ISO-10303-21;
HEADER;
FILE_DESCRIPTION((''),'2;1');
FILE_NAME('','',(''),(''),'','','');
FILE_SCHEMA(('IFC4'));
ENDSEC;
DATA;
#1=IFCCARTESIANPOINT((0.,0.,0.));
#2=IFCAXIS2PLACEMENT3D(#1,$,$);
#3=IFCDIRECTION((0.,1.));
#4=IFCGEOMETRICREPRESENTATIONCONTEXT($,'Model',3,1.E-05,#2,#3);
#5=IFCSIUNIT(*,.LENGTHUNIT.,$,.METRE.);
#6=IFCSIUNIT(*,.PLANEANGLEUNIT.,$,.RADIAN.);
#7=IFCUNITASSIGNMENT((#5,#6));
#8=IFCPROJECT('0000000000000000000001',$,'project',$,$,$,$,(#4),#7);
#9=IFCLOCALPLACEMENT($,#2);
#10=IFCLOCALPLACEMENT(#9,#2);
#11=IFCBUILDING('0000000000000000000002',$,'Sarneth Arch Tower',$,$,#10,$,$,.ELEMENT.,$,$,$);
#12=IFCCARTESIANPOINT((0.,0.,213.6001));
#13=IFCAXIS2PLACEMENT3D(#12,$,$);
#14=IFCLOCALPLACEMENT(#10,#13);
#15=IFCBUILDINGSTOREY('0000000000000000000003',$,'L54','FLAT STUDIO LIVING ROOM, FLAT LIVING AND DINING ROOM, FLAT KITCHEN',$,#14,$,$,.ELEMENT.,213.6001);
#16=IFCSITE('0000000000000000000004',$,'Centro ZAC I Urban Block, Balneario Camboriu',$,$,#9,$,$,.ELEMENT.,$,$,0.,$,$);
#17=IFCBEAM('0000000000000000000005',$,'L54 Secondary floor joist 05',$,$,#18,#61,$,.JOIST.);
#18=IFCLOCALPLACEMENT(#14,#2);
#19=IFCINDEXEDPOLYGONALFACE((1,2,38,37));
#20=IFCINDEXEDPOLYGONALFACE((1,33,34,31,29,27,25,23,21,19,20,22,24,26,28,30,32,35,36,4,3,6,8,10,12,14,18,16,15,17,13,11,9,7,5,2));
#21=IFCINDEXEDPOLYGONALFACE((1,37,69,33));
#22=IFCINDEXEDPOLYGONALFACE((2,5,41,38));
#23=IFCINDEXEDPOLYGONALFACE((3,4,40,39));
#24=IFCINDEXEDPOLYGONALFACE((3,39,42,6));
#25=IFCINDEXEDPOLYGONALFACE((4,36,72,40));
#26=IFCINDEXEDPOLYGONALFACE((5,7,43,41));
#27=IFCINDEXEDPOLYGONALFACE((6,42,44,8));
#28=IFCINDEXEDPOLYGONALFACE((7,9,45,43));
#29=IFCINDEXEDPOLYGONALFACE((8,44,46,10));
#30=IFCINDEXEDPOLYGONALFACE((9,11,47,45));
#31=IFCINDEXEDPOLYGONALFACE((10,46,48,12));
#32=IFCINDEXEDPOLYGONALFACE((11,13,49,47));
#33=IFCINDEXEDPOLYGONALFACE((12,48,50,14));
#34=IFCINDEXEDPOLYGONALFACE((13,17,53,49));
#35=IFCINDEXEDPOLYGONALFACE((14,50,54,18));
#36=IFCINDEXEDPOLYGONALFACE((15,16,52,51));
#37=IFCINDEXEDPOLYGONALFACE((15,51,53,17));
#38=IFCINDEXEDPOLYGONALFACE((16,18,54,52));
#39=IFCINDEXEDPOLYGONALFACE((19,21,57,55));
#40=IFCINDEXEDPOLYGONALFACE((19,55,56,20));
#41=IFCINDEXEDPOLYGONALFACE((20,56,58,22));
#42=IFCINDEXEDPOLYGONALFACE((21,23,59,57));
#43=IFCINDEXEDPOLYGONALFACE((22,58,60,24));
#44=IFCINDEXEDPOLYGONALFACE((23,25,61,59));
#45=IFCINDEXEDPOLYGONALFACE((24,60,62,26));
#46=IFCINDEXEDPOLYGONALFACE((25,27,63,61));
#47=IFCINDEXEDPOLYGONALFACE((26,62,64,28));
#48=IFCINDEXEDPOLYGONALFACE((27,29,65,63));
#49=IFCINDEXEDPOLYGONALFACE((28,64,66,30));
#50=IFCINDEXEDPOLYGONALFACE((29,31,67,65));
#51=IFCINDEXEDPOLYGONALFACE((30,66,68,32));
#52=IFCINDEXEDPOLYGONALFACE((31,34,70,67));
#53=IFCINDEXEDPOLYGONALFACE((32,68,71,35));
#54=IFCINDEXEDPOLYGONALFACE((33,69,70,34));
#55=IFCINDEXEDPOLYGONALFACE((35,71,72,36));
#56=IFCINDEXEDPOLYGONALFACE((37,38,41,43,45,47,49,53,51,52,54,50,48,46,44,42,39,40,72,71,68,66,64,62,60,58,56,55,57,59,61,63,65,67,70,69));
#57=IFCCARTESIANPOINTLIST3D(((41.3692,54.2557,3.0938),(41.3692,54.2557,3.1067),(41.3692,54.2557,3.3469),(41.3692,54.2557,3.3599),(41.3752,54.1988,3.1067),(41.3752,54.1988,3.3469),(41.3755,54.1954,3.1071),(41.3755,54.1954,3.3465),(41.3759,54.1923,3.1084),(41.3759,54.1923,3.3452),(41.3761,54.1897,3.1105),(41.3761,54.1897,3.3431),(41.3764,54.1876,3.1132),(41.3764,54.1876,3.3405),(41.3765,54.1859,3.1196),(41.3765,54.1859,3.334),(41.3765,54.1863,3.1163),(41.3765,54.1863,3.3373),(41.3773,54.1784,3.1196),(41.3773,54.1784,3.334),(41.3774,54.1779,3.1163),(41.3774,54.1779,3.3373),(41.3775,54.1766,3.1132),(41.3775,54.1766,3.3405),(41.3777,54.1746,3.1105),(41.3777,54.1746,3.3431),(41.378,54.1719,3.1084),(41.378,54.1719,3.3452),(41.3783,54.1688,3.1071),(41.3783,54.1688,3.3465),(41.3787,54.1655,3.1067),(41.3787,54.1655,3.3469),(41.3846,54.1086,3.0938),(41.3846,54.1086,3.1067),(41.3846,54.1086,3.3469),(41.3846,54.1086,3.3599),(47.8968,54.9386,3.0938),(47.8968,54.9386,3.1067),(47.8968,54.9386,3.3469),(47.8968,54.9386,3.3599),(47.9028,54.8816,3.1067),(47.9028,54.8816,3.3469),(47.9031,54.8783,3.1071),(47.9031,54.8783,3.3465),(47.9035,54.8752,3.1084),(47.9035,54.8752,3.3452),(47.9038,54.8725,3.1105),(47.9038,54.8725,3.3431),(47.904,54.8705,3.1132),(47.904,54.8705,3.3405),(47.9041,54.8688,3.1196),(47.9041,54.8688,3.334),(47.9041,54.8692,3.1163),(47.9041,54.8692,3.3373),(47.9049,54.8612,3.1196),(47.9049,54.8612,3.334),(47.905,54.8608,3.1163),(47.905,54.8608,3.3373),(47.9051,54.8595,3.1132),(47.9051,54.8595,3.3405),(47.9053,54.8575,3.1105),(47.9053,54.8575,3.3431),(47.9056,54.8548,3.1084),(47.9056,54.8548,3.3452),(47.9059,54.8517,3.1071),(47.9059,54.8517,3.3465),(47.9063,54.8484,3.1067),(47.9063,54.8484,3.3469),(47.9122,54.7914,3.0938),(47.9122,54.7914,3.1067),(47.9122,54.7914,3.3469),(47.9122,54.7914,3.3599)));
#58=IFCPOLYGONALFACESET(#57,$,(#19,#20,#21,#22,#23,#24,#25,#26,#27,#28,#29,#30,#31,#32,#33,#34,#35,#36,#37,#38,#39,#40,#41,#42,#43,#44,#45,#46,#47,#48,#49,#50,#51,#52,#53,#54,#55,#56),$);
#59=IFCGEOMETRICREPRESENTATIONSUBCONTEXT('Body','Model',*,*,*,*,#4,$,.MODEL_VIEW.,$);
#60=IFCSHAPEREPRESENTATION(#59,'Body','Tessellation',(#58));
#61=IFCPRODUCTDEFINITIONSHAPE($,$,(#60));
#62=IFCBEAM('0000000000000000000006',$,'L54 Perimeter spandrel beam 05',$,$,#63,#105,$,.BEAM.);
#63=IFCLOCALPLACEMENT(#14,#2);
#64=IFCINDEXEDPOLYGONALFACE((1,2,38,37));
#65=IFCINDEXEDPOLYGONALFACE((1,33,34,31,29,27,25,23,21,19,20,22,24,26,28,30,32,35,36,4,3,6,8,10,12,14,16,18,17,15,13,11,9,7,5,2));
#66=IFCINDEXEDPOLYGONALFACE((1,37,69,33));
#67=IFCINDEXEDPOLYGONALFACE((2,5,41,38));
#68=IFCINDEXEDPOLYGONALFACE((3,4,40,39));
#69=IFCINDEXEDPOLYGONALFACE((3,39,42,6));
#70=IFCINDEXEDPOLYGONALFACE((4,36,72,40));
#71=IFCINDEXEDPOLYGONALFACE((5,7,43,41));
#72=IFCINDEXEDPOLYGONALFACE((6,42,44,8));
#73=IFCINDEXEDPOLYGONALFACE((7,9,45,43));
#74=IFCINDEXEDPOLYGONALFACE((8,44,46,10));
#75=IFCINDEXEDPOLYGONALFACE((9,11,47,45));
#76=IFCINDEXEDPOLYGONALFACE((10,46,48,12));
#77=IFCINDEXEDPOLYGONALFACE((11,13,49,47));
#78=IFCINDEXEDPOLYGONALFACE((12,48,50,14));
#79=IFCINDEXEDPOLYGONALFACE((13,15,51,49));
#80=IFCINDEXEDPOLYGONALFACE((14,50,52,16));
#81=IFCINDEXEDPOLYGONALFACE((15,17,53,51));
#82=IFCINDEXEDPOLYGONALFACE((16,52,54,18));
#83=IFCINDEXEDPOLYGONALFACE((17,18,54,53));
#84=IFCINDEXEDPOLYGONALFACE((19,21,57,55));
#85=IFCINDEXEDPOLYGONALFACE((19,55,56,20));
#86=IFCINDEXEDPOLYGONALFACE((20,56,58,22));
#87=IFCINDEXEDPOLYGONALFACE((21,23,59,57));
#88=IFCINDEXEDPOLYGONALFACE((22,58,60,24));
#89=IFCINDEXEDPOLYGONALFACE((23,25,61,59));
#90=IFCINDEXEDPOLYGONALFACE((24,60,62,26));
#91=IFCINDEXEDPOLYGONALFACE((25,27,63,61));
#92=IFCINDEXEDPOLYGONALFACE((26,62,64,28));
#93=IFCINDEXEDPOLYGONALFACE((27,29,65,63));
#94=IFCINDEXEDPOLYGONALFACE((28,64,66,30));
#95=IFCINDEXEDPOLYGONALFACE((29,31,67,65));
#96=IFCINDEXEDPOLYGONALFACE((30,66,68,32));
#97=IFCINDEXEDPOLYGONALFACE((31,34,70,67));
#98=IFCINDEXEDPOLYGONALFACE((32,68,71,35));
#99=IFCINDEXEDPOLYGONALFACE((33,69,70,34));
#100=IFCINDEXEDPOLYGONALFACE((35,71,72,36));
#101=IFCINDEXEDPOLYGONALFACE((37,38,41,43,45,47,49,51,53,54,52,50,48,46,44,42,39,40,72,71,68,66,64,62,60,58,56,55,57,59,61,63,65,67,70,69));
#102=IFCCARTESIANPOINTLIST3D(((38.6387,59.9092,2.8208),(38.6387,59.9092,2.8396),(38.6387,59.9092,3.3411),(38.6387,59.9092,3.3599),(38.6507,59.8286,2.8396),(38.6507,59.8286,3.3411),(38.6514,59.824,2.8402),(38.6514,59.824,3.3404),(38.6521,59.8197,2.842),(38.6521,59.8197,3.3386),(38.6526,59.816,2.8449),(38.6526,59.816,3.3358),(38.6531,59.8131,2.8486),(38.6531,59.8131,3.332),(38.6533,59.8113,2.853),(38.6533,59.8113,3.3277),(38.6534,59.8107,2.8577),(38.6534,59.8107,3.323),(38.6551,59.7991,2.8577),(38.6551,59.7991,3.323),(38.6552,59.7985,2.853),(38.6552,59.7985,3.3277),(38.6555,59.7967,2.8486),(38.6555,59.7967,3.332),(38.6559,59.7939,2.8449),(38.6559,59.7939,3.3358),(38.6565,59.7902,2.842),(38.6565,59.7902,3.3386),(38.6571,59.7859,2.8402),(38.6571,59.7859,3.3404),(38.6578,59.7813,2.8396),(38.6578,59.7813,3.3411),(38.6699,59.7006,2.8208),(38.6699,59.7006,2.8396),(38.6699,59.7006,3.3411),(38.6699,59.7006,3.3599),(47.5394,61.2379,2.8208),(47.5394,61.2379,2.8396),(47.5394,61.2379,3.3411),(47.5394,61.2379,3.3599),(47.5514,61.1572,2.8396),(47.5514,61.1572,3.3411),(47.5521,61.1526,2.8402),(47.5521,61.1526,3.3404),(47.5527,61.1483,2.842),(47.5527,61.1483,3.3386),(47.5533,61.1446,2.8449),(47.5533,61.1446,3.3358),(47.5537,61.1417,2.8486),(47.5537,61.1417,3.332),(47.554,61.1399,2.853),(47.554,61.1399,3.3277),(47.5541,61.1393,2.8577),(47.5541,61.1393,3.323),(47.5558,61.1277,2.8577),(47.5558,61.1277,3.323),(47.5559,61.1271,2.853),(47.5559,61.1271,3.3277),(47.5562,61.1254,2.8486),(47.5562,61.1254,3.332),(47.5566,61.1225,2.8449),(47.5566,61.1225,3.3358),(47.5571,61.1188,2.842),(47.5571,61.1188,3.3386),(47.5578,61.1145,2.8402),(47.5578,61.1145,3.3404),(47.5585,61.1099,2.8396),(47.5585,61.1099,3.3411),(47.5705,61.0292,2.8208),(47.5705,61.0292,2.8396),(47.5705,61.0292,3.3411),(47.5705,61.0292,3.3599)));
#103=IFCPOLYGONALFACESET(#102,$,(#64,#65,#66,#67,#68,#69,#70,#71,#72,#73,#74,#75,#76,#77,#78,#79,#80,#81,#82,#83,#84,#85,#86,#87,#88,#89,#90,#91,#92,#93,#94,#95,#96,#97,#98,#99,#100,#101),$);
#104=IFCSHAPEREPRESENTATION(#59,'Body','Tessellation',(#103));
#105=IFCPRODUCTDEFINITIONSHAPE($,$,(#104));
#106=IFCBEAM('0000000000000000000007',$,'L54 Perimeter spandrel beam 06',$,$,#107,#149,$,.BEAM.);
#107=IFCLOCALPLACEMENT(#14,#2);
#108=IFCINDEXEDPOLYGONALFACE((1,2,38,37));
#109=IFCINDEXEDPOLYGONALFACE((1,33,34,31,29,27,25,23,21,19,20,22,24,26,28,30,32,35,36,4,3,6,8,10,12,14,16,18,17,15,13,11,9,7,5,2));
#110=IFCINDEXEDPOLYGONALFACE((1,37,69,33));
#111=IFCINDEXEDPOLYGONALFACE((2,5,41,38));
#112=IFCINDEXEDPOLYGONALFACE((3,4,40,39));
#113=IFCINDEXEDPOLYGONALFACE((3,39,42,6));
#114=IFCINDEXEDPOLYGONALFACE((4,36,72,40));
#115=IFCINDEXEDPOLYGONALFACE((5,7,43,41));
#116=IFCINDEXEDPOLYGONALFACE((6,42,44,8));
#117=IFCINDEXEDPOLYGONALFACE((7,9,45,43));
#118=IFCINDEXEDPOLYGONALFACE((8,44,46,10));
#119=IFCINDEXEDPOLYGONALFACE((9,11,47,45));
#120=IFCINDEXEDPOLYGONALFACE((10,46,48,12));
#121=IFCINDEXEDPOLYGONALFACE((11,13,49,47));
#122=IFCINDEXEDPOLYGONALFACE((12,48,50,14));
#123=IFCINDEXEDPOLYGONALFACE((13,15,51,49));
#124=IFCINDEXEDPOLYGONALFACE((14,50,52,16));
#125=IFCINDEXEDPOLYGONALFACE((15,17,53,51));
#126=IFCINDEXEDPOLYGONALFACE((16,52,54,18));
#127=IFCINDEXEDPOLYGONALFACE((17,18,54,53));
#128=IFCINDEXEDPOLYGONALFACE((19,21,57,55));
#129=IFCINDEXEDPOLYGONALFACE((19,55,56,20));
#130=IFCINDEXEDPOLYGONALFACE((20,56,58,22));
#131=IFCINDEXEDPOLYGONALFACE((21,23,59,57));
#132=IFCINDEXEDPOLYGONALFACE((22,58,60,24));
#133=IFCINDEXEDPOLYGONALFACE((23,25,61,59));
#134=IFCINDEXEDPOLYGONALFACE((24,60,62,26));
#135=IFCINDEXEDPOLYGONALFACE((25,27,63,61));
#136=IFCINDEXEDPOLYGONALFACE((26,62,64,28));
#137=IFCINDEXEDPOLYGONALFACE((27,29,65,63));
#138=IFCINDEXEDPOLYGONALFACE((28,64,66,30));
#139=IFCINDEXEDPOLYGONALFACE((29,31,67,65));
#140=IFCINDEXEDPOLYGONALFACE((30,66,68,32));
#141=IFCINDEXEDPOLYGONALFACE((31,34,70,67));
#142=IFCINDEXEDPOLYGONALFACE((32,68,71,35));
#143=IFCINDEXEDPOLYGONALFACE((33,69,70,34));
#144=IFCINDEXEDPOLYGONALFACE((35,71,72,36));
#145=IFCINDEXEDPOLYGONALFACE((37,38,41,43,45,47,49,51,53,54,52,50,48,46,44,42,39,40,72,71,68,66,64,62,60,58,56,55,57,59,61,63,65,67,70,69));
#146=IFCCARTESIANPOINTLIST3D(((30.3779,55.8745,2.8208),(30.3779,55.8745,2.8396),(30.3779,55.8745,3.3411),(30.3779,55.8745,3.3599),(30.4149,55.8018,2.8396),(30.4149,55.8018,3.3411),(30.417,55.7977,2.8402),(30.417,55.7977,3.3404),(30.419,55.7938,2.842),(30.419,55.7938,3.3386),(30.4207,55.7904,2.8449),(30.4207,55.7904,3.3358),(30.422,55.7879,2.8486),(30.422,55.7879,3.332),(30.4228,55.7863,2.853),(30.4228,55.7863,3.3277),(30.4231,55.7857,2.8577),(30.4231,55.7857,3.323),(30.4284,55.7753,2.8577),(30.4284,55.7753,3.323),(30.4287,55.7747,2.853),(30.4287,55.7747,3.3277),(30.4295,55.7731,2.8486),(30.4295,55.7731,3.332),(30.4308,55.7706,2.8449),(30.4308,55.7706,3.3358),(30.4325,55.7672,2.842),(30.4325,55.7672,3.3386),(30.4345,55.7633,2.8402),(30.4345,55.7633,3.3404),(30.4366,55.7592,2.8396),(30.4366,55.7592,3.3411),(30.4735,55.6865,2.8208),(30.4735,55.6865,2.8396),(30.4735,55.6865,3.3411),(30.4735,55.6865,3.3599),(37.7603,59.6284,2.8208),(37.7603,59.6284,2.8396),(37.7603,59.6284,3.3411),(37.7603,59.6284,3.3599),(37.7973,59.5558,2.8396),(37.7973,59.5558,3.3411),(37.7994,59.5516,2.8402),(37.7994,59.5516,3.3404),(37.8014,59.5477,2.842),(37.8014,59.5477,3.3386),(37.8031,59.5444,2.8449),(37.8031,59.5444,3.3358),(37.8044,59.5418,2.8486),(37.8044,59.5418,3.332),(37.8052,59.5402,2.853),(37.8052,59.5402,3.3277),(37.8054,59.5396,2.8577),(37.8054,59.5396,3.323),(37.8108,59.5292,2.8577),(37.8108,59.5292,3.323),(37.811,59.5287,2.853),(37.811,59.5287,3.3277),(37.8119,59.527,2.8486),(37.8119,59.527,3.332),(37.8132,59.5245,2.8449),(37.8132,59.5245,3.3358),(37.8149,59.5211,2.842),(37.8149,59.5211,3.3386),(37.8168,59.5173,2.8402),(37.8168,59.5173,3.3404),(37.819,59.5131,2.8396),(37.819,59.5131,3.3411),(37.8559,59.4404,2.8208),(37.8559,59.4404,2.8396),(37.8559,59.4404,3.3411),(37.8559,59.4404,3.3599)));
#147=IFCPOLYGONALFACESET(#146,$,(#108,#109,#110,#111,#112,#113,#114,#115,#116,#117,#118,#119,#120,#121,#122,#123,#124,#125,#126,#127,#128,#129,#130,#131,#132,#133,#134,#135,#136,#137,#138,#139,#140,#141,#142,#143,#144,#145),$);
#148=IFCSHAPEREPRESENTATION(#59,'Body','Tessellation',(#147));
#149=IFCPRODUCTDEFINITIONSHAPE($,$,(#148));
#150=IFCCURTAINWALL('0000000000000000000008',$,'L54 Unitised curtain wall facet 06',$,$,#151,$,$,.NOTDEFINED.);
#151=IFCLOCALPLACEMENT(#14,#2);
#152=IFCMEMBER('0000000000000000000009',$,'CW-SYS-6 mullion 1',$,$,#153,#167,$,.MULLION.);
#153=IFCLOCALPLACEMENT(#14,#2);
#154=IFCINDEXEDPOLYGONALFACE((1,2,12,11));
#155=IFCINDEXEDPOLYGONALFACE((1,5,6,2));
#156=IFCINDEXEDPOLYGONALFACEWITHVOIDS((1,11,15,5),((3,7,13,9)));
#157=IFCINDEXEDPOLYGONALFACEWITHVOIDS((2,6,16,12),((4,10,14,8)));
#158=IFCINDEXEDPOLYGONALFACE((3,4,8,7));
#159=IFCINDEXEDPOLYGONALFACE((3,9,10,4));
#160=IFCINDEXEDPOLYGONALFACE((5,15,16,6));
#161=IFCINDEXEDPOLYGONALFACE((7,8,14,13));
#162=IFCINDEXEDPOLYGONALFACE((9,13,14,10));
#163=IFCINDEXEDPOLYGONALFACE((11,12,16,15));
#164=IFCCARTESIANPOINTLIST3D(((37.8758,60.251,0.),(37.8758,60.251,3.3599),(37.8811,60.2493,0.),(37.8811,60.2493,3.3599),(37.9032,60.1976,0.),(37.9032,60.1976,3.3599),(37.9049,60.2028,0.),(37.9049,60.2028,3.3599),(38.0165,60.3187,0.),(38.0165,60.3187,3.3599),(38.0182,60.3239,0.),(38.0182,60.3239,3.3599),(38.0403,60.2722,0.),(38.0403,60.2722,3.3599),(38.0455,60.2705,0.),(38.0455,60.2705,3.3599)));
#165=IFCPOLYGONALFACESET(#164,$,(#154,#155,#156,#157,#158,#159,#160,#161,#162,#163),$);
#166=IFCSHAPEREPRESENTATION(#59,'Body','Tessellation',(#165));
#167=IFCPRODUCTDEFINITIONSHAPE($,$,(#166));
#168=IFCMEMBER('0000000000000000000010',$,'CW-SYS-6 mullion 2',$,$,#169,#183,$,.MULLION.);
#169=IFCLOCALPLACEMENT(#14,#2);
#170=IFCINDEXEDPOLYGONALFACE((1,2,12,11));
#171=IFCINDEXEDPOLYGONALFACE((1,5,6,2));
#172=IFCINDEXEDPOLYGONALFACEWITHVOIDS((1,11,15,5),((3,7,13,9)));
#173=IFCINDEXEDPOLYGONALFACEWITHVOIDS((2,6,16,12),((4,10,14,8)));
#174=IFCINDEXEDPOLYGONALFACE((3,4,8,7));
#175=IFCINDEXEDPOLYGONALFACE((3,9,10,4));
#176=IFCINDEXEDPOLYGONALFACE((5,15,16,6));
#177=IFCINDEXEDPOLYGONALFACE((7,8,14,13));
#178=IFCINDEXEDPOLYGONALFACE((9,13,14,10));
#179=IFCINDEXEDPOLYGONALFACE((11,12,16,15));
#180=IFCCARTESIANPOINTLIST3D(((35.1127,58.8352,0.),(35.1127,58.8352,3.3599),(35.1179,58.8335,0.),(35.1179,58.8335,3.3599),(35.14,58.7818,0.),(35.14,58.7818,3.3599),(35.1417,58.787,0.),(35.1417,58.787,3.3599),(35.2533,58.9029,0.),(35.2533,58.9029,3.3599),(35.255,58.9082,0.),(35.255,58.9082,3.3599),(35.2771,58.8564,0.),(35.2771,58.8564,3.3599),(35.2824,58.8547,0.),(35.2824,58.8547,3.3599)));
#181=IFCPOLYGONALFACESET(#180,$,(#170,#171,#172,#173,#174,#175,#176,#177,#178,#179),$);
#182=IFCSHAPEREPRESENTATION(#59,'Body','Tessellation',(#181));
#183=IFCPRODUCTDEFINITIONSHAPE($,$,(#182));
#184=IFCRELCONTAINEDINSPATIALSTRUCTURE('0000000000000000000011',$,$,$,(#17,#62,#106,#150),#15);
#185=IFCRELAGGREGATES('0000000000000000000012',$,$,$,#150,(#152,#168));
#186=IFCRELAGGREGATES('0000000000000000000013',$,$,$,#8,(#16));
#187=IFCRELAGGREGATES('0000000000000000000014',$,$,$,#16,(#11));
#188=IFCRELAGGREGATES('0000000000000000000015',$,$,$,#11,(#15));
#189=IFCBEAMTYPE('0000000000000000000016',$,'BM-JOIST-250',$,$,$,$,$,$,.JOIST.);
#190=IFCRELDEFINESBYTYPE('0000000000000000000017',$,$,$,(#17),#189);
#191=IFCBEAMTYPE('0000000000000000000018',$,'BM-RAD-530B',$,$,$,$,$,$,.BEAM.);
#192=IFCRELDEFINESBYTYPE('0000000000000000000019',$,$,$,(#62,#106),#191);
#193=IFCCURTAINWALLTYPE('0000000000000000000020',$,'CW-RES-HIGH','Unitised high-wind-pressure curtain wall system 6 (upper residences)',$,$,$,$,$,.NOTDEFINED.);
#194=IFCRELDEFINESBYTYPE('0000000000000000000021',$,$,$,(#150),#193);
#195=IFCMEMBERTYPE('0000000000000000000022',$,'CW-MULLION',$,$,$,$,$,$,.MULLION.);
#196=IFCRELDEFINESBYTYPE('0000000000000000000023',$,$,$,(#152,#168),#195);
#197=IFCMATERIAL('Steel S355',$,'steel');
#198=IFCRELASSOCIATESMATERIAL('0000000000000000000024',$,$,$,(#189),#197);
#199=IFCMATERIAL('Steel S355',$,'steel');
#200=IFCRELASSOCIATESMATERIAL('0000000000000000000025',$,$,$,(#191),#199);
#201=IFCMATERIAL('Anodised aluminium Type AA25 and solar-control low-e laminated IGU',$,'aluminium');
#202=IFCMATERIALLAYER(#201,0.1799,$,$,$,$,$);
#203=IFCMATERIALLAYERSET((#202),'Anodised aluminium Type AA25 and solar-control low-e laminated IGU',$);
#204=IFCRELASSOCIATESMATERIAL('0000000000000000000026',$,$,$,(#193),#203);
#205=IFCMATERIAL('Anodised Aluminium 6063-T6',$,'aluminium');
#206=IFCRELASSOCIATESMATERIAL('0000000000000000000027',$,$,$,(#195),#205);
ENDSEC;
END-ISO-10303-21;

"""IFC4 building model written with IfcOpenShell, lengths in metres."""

from ifc_helpers import new_model, si_unit, direction, frame, origin, origin_2d, place, context, subcontext, project, spatial, hollow_rectangle, i_section, extrude, material, layer, layer_set, material_profile, profile_set, type_object, element, aggregate, save


model = new_model("IFC4")

# Units and contexts
model_context = context("Model", 3, precision=1e-05, world=origin(), true_north=direction((0.0, 1.0)))
body_context = subcontext(model_context, "Body", "Model", "MODEL_VIEW")
ifc_project = project(units=[si_unit("LENGTHUNIT", "METRE"), si_unit("PLANEANGLEUNIT", "RADIAN")], contexts=[model_context])

# Site, building, storey
site_placement = place(None, origin())
site = spatial("IfcSite", under=ifc_project, at=site_placement, Name="Centro ZAC I Urban Block, Balneario Camboriu", CompositionType="ELEMENT", RefElevation=0.0)
building_placement = place(site_placement, origin())
building = spatial("IfcBuilding", under=site, at=building_placement, Name="Sarneth Arch Tower", CompositionType="ELEMENT")
storey_placement = place(building_placement, frame((0.0, 0.0, 213.6001)))
storey = spatial("IfcBuildingStorey", under=building, at=storey_placement, Name="L54", Description="FLAT STUDIO LIVING ROOM, FLAT LIVING AND DINING ROOM, FLAT KITCHEN", CompositionType="ELEMENT", Elevation=213.6001)

# Beams
ifc_material_1 = material(Name="Steel S355", Category="steel")
ifc_material_profile_1 = material_profile(ifc_material_1, i_section(OverallWidth=0.1479, OverallDepth=0.2661, WebThickness=0.0076, FlangeThickness=0.0129, FilletRadius=0.0129, at=origin_2d()), Name="W250x44.8")
ifc_profile_set_1 = profile_set([ifc_material_profile_1], Name="Steel S355")
beam_type_1 = type_object("IfcBeamType", Name="BM-JOIST-250", PredefinedType="JOIST", material=ifc_profile_set_1)
beam_1_placement = place(storey_placement, frame((47.9045, 54.865, 3.2268), z_axis=(-0.994573, -0.104044, 0.0), x_axis=(0.104044, -0.994573, 0.0)))
element("IfcBeam", 1, at=beam_1_placement, inside=storey, type_object=beam_type_1, Name="L54 Secondary floor joist 05", PredefinedType="JOIST", context=body_context, shape_type="SweptSolid", body=[
    extrude(i_section(OverallWidth=0.1479, OverallDepth=0.2661, WebThickness=0.0076, FlangeThickness=0.0129, FilletRadius=0.0129, at=origin_2d()), origin(), (0.0, 0.0, 1.0), 6.5632),
])
ifc_material_2 = material(Name="Steel S355", Category="steel")
ifc_material_profile_2 = material_profile(ifc_material_2, i_section(OverallWidth=0.2109, OverallDepth=0.5391, WebThickness=0.0117, FlangeThickness=0.0188, FilletRadius=0.0181, at=origin_2d()), Name="W530x109")
ifc_profile_set_2 = profile_set([ifc_material_profile_2], Name="Steel S355")
beam_type_2 = type_object("IfcBeamType", Name="BM-RAD-530B", PredefinedType="BEAM", material=ifc_profile_set_2)
beam_2_placement = place(storey_placement, frame((47.5549, 61.1335, 3.0903), z_axis=(-0.989042, -0.147636, 0.0), x_axis=(0.147636, -0.989042, 0.0)))
element("IfcBeam", 2, at=beam_2_placement, inside=storey, type_object=beam_type_2, Name="L54 Perimeter spandrel beam 05", PredefinedType="BEAM", context=body_context, shape_type="SweptSolid", body=[
    extrude(i_section(OverallWidth=0.2109, OverallDepth=0.5391, WebThickness=0.0117, FlangeThickness=0.0188, FilletRadius=0.0181, at=origin_2d()), origin(), (0.0, 0.0, 1.0), 8.9993),
])
beam_3_placement = place(storey_placement, frame((37.8081, 59.5344, 3.0903), z_axis=(-0.891376, -0.453264, 0.0), x_axis=(0.453264, -0.891376, 0.0)))
element("IfcBeam", 3, at=beam_3_placement, inside=storey, type_object=beam_type_2, Name="L54 Perimeter spandrel beam 06", PredefinedType="BEAM", context=body_context, shape_type="SweptSolid", body=[
    extrude(i_section(OverallWidth=0.2109, OverallDepth=0.5391, WebThickness=0.0117, FlangeThickness=0.0188, FilletRadius=0.0181, at=origin_2d()), origin(), (0.0, 0.0, 1.0), 8.282),
])

# Curtain wall, members
ifc_material_3 = material(Name="Anodised aluminium Type AA25 and solar-control low-e laminated IGU", Category="aluminium")
ifc_layer_1 = layer(ifc_material_3, 0.1799)
ifc_layer_set_1 = layer_set([ifc_layer_1], Name="Anodised aluminium Type AA25 and solar-control low-e laminated IGU")
curtain_wall_type = type_object("IfcCurtainWallType", Name="CW-RES-HIGH", Description="Unitised high-wind-pressure curtain wall system 6 (upper residences)", PredefinedType="NOTDEFINED", material=ifc_layer_set_1)
curtain_wall_placement = place(storey_placement, origin())
curtain_wall = element("IfcCurtainWall", 4, at=curtain_wall_placement, inside=storey, type_object=curtain_wall_type, Name="L54 Unitised curtain wall facet 06", PredefinedType="NOTDEFINED")
ifc_material_4 = material(Name="Anodised Aluminium 6063-T6", Category="aluminium")
ifc_material_profile_3 = material_profile(ifc_material_4, hollow_rectangle(XDim=0.0601, YDim=0.1599, WallThickness=0.0039, at=origin_2d()), Name="AL-MULL-160x60x4")
ifc_profile_set_3 = profile_set([ifc_material_profile_3], Name="Anodised Aluminium 6063-T6")
member_type_1 = type_object("IfcMemberType", Name="CW-MULLION", PredefinedType="MULLION", material=ifc_profile_set_3)
member_1_placement = place(storey_placement, frame((37.9607, 60.2607, 0.0), z_axis=(0.0, 0.0, 1.0), x_axis=(0.455942, -0.89001, 0.0)))
member_1 = element("IfcMember", 5, at=member_1_placement, type_object=member_type_1, Name="CW-SYS-6 mullion 1", PredefinedType="MULLION", context=body_context, shape_type="SweptSolid", body=[
    extrude(hollow_rectangle(XDim=0.0601, YDim=0.1599, WallThickness=0.0039, at=origin_2d()), origin(), (0.0, 0.0, 1.0), 3.3599),
])
member_2_placement = place(storey_placement, frame((35.1975, 58.845, 0.0), z_axis=(0.0, 0.0, 1.0), x_axis=(0.455942, -0.89001, 0.0)))
member_2 = element("IfcMember", 6, at=member_2_placement, type_object=member_type_1, Name="CW-SYS-6 mullion 2", PredefinedType="MULLION", context=body_context, shape_type="SweptSolid", body=[
    extrude(hollow_rectangle(XDim=0.0601, YDim=0.1599, WallThickness=0.0039, at=origin_2d()), origin(), (0.0, 0.0, 1.0), 3.3599),
])
aggregate(curtain_wall, [member_1, member_2])

save(model, "model.ifc")
